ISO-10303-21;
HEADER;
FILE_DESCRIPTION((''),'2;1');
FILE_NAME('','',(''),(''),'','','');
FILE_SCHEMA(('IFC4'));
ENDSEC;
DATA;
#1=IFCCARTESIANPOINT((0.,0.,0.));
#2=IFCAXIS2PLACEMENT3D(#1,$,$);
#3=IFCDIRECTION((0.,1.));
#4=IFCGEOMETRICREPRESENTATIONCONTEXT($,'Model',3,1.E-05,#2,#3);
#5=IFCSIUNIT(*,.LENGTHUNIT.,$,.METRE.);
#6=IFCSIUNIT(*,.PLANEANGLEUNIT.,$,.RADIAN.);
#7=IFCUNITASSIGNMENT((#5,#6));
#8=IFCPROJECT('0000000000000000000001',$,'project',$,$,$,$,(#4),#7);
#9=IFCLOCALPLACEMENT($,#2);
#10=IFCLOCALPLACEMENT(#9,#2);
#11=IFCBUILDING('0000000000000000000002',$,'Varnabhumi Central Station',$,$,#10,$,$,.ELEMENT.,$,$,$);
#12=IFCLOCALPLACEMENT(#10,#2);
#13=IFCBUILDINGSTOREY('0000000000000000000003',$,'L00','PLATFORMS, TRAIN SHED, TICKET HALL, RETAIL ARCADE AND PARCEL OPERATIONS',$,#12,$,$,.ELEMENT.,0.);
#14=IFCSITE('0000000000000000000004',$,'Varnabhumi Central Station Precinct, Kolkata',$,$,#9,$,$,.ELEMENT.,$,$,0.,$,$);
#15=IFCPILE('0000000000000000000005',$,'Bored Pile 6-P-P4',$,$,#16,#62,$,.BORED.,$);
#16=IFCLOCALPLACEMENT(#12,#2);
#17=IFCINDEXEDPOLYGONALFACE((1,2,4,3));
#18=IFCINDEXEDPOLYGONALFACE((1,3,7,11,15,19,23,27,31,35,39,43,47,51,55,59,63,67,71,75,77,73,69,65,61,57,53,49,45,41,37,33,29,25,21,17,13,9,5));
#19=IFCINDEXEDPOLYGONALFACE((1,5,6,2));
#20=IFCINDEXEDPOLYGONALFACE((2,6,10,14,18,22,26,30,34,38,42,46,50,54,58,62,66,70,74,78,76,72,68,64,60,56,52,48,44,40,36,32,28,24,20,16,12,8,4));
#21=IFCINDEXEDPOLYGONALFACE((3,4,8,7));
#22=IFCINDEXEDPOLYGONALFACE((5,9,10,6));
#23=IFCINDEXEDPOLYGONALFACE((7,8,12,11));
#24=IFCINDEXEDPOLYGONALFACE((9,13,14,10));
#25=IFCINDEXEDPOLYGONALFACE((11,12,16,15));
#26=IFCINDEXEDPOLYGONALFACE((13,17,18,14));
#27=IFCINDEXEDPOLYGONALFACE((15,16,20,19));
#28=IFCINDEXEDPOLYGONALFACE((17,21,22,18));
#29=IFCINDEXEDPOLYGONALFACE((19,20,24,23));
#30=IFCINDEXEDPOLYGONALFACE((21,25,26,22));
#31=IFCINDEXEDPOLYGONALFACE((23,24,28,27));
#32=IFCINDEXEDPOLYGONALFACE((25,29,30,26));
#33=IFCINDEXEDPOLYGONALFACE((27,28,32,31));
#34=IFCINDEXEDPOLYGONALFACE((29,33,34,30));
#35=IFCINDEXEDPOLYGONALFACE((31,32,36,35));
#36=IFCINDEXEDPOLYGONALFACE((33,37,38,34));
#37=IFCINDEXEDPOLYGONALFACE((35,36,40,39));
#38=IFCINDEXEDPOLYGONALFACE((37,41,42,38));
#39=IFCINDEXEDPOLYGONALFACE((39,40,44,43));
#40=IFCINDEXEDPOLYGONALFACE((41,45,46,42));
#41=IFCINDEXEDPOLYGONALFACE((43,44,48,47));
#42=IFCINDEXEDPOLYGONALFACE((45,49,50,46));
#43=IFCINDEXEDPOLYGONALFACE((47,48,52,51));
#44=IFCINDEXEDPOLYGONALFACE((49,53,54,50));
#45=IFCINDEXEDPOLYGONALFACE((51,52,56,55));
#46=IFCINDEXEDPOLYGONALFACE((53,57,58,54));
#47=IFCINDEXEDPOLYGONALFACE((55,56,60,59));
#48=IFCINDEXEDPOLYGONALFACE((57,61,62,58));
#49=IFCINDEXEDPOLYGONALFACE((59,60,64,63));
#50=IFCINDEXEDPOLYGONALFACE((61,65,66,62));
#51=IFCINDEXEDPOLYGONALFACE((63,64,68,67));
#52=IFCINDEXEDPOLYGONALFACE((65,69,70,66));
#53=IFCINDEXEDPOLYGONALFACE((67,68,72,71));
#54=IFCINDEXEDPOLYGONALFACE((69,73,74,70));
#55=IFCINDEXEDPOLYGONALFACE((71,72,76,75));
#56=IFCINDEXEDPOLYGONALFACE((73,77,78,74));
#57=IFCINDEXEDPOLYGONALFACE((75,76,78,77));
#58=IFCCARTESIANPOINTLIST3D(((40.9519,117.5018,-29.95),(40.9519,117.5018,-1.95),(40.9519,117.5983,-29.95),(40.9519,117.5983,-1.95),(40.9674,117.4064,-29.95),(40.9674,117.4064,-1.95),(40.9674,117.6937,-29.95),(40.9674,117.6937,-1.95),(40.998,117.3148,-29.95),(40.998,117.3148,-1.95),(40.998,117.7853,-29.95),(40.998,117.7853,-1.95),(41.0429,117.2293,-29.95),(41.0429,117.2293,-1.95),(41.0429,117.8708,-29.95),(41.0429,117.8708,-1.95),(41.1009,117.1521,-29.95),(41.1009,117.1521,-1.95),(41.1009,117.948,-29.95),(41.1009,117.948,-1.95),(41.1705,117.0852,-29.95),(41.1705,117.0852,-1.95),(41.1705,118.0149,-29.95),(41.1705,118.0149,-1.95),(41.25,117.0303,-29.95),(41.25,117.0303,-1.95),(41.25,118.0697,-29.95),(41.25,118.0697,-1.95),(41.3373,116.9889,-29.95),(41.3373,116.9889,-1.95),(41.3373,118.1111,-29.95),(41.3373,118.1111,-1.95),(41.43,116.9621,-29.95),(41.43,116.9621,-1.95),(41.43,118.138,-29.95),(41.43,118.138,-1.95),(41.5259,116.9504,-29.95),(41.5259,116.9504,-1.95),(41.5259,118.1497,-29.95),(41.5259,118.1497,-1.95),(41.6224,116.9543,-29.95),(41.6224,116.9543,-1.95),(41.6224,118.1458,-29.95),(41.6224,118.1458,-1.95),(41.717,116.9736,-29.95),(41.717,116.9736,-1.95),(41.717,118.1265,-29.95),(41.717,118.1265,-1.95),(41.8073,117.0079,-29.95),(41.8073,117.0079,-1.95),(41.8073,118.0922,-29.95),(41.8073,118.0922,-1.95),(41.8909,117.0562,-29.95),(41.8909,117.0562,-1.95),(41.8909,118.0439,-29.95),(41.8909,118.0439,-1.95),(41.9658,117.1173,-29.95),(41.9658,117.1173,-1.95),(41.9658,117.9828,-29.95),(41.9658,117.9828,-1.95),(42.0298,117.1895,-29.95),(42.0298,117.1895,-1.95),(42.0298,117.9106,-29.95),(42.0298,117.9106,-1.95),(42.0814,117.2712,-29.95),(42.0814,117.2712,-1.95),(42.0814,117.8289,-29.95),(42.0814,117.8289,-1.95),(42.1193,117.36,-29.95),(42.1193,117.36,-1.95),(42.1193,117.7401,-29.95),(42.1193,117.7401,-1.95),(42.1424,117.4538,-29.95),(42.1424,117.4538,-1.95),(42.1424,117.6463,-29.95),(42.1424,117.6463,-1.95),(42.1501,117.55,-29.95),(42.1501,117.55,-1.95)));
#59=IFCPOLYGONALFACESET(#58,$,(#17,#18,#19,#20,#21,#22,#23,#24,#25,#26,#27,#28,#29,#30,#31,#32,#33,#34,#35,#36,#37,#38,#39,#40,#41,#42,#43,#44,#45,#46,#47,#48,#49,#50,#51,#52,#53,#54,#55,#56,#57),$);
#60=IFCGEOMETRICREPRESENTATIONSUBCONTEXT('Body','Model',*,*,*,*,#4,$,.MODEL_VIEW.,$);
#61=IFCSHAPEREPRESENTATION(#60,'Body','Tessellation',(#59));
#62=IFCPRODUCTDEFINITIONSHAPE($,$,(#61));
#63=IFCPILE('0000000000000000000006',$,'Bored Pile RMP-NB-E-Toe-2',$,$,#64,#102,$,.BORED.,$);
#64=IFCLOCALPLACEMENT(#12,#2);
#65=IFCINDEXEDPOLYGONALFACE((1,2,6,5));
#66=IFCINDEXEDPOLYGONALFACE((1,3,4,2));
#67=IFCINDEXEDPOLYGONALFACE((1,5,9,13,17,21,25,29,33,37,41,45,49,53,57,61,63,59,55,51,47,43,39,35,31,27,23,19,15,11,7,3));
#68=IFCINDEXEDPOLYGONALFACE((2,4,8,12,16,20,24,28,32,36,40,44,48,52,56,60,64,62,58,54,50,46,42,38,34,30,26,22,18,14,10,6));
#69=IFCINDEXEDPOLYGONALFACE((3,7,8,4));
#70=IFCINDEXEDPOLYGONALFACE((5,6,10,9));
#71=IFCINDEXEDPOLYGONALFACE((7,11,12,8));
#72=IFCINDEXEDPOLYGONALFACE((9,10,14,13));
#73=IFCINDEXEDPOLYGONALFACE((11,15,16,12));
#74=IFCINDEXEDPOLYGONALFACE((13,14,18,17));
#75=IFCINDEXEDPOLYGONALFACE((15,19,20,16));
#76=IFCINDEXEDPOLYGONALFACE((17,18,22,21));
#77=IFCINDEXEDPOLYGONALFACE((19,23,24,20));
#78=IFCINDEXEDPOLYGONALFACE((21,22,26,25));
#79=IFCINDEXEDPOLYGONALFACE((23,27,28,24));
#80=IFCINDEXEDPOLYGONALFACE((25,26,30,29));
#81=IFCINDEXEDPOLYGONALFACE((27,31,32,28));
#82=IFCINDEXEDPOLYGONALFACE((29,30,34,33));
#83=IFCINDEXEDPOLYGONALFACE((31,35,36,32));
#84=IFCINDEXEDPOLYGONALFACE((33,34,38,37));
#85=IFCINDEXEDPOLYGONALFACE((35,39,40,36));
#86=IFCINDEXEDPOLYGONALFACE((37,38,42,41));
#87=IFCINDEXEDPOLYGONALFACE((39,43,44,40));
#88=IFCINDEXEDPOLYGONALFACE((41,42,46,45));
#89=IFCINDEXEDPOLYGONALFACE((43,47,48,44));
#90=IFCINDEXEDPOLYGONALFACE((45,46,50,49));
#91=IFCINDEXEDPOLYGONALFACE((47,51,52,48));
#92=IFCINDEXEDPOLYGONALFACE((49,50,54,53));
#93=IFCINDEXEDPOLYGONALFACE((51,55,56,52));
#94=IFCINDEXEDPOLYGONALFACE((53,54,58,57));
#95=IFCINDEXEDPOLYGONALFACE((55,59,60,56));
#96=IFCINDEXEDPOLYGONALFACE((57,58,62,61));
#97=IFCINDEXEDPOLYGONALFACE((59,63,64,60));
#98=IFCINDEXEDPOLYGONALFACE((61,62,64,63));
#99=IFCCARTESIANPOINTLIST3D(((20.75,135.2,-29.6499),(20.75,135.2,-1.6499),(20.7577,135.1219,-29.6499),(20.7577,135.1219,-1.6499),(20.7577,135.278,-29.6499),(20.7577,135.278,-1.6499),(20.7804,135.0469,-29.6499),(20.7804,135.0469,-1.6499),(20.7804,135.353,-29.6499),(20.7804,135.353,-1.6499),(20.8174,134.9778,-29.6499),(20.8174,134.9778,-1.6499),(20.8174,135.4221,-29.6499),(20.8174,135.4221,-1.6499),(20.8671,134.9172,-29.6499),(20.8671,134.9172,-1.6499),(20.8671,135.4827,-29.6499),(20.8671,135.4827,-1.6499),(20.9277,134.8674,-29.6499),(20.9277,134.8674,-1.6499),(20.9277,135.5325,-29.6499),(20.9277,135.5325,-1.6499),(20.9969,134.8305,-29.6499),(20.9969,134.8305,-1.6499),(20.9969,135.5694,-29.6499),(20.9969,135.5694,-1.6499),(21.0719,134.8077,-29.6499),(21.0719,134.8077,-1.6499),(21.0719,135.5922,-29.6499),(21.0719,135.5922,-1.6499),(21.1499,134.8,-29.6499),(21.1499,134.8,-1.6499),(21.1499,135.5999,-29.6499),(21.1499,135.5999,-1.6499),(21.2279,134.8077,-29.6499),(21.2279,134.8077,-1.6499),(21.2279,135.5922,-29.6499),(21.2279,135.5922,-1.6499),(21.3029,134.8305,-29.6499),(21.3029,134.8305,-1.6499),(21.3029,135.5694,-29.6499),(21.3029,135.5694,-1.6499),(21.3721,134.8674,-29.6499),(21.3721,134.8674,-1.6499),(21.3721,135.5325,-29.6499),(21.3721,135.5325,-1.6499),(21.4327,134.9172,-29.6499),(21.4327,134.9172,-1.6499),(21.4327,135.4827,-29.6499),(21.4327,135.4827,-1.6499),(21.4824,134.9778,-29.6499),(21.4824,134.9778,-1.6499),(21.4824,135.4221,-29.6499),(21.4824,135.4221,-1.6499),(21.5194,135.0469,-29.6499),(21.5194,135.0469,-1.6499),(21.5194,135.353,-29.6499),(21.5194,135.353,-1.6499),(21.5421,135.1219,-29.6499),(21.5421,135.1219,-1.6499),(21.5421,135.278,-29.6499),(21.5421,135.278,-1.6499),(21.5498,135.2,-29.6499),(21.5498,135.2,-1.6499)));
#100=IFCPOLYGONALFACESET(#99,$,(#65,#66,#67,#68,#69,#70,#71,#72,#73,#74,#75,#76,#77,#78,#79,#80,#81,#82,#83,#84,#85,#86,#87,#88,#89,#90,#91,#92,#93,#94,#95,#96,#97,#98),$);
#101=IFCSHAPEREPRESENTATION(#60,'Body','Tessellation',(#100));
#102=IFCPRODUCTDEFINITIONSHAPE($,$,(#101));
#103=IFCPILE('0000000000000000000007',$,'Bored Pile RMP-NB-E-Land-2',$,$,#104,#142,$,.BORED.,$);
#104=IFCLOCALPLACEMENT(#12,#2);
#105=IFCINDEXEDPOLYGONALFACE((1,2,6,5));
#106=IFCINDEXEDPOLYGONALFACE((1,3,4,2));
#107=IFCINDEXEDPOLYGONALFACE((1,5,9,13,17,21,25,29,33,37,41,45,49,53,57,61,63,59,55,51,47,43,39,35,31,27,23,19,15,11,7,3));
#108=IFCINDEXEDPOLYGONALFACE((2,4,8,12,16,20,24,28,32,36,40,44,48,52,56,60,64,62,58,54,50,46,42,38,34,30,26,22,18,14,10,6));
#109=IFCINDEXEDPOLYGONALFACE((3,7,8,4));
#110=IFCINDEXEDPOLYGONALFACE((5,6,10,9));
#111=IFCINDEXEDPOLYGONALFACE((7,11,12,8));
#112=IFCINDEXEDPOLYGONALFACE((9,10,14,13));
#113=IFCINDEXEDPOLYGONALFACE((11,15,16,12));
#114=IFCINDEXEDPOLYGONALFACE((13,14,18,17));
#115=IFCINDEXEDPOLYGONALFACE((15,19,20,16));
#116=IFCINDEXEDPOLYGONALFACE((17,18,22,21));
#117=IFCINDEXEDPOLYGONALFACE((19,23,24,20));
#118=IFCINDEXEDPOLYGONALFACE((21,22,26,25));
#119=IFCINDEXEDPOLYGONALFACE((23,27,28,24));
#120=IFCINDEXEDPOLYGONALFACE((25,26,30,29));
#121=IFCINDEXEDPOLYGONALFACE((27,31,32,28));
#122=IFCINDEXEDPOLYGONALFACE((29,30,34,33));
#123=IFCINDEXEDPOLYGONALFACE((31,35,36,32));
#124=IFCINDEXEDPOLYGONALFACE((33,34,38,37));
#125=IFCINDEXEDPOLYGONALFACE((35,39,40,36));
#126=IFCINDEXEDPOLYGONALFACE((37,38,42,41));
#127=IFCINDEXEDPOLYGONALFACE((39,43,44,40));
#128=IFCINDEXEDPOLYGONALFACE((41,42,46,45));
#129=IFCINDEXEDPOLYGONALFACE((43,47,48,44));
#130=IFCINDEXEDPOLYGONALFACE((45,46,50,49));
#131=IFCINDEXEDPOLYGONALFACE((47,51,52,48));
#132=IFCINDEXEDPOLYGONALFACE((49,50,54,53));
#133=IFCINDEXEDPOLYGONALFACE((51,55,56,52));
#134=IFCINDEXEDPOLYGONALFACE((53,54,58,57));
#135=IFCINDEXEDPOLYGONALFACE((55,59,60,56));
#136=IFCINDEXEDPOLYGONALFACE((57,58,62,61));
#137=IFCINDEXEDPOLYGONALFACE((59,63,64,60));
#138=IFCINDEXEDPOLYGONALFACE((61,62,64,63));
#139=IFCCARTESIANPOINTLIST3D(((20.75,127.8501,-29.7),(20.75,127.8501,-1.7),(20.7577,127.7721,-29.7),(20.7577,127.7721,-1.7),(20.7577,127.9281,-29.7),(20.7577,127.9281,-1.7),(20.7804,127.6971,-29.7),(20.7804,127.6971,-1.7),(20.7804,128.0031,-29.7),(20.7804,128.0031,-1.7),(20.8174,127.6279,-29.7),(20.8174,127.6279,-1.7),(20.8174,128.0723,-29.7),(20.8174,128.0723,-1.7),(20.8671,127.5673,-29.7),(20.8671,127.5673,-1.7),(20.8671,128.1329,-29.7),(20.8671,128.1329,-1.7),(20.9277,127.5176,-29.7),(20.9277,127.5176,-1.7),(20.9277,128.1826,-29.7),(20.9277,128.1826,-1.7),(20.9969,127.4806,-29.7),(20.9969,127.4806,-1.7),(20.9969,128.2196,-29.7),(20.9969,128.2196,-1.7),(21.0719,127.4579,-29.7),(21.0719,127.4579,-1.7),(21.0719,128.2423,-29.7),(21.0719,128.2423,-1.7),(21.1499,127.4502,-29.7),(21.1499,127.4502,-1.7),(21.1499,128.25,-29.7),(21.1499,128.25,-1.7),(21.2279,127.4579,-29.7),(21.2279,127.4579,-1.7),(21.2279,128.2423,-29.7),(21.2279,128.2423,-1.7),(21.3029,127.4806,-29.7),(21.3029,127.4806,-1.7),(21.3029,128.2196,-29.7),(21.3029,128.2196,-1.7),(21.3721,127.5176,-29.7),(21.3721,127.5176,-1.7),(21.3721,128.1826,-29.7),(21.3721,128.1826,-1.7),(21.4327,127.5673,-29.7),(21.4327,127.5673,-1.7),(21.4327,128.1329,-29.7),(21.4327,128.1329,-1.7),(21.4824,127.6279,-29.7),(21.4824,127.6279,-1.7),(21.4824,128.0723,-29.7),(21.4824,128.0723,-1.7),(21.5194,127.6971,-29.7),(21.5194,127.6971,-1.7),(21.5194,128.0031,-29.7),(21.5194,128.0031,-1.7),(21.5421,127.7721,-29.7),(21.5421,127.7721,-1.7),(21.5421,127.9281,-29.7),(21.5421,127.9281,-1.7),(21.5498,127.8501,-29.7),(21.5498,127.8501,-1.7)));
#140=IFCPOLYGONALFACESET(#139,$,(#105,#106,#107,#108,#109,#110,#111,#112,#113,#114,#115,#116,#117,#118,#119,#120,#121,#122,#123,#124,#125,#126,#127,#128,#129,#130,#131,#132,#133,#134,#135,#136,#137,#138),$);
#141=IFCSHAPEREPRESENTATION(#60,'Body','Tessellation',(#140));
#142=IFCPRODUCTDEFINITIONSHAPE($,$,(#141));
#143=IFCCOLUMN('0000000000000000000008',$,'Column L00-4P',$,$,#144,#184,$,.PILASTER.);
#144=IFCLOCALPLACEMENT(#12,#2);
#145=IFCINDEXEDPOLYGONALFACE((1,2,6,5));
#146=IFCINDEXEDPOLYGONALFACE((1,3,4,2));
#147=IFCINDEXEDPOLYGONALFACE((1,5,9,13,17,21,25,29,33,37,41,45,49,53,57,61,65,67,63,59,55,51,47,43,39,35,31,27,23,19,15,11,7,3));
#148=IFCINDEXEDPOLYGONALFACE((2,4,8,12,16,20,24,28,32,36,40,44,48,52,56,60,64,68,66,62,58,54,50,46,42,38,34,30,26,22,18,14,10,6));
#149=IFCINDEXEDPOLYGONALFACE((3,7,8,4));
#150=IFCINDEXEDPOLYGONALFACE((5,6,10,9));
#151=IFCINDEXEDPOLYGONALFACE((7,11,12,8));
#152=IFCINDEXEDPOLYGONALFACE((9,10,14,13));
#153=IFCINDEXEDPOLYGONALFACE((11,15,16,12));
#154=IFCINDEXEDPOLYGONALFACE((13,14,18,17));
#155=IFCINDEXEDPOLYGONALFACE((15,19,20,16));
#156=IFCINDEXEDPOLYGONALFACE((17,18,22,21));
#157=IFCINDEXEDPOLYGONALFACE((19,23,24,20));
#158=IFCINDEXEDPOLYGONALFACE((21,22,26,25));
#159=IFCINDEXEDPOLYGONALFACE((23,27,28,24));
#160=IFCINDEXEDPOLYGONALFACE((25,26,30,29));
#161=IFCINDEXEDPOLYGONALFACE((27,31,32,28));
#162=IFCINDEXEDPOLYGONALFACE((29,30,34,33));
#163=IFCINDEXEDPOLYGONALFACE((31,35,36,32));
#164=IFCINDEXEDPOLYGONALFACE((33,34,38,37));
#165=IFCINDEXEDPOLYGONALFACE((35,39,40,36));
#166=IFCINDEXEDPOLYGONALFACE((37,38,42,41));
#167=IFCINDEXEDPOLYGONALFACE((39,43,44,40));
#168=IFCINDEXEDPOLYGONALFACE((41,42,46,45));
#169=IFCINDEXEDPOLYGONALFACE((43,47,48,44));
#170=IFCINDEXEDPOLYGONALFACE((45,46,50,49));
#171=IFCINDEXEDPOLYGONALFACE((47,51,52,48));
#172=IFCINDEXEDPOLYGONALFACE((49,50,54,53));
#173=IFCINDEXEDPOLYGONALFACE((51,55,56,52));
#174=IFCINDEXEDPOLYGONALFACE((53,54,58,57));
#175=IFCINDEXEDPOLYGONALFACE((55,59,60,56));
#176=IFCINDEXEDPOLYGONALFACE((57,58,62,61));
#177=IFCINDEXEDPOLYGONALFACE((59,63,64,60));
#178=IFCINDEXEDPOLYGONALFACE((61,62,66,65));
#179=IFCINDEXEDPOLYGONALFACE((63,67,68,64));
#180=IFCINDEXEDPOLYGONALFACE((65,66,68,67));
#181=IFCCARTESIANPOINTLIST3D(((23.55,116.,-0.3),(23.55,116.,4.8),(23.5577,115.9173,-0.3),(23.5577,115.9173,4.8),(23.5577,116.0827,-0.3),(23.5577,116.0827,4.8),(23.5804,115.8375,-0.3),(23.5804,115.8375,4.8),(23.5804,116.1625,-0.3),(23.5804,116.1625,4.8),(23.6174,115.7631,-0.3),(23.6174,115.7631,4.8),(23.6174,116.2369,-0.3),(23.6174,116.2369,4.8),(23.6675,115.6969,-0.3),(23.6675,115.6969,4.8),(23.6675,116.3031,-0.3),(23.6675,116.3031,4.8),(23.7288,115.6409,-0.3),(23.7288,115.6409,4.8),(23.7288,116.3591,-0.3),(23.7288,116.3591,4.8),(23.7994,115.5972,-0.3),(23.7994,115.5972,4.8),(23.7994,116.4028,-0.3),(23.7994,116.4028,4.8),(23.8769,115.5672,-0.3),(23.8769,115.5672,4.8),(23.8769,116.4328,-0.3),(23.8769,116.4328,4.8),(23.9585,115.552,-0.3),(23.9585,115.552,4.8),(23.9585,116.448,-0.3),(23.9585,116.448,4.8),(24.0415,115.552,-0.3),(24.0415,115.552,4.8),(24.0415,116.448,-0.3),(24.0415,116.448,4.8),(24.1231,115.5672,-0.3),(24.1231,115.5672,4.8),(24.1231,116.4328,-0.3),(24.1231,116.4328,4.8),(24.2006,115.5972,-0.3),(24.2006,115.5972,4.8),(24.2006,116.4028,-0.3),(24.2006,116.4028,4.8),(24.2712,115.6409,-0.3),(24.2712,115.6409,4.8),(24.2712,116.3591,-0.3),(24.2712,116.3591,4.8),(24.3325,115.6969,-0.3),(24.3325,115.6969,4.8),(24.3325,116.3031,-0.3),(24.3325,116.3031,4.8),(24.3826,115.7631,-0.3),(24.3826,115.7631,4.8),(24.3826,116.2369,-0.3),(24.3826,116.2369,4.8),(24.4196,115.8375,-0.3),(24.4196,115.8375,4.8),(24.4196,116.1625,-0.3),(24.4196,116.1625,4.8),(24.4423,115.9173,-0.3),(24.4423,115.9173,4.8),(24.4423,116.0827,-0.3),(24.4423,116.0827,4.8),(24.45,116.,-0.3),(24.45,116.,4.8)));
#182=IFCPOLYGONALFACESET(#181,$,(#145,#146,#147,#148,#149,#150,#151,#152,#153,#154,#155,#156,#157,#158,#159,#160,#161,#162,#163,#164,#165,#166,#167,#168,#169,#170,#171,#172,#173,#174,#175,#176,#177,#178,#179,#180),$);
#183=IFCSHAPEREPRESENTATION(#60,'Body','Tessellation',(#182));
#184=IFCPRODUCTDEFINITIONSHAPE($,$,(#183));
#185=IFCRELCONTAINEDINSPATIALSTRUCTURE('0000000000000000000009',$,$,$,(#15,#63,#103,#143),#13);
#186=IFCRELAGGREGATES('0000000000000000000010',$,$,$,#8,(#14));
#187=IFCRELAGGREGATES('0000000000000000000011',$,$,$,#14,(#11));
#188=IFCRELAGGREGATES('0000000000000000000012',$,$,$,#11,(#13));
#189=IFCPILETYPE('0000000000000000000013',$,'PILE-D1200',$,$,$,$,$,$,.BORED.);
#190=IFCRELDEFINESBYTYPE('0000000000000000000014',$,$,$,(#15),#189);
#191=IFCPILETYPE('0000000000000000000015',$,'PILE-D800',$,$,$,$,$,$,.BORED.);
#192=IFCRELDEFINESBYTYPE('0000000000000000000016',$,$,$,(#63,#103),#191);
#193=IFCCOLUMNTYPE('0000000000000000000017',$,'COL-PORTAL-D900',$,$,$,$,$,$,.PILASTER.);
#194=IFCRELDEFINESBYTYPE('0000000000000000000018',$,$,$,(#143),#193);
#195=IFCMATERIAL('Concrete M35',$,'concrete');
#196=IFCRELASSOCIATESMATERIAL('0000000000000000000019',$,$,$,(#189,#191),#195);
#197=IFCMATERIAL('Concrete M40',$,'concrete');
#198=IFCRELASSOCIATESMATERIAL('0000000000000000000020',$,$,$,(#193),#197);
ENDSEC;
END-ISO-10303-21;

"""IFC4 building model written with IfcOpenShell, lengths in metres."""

from ifc_helpers import new_model, si_unit, direction, frame, origin, origin_2d, place, context, subcontext, project, spatial, circle, extrude, material, material_profile, profile_set, type_object, element, save


model = new_model("IFC4")

# Units and contexts
model_context = context("Model", 3, precision=1e-05, world=origin(), true_north=direction((0.0, 1.0)))
body_context = subcontext(model_context, "Body", "Model", "MODEL_VIEW")
ifc_project = project(units=[si_unit("LENGTHUNIT", "METRE"), si_unit("PLANEANGLEUNIT", "RADIAN")], contexts=[model_context])

# Site, building, storey
site_placement = place(None, origin())
site = spatial("IfcSite", under=ifc_project, at=site_placement, Name="Varnabhumi Central Station Precinct, Kolkata", CompositionType="ELEMENT", RefElevation=0.0)
building_placement = place(site_placement, origin())
building = spatial("IfcBuilding", under=site, at=building_placement, Name="Varnabhumi Central Station", CompositionType="ELEMENT")
storey_placement = place(building_placement, origin())
storey = spatial("IfcBuildingStorey", under=building, at=storey_placement, Name="L00", Description="PLATFORMS, TRAIN SHED, TICKET HALL, RETAIL ARCADE AND PARCEL OPERATIONS", CompositionType="ELEMENT", Elevation=0.0)

# Shared definitions
ifc_material_1 = material(Name="Concrete M40", Category="concrete")

# Piles
ifc_material_2 = material(Name="Concrete M35", Category="concrete")
ifc_material_profile_1 = material_profile(ifc_material_2, circle(Radius=0.6001, at=origin_2d()), Name="Concrete M35", Category="concrete")
ifc_profile_set_1 = profile_set([ifc_material_profile_1], Name="Concrete M35")
pile_type_1 = type_object("IfcPileType", Name="PILE-D1200", PredefinedType="BORED", material=ifc_profile_set_1)
for number, where, z_axis, x_axis, name in (
    (1, (41.55, 117.55, -1.95), (0.0, 0.0, -1.0), (1.0, 0.0, 0.0), "Bored Pile 6-P-P4"),
):
    element("IfcPile", number, at=place(storey_placement, frame(where, z_axis=z_axis, x_axis=x_axis)), inside=storey, type_object=pile_type_1, Name=name, PredefinedType="BORED", context=body_context, shape_type="SweptSolid", body=[
        extrude(circle(Radius=0.6001, at=origin_2d()), origin(), (0.0, 0.0, 1.0), 28.0),
    ])
ifc_material_profile_2 = material_profile(ifc_material_2, circle(Radius=0.3999, at=origin_2d()), Name="Concrete M35", Category="concrete")
ifc_profile_set_2 = profile_set([ifc_material_profile_2], Name="Concrete M35")
pile_type_2 = type_object("IfcPileType", Name="PILE-D800", PredefinedType="BORED", material=ifc_profile_set_2)
for number, where, z_axis, x_axis, name in (
    (2, (21.1499, 135.2, -1.6499), (0.0, 0.0, -1.0), (1.0, 0.0, 0.0), "Bored Pile RMP-NB-E-Toe-2"),
    (3, (21.1499, 127.8501, -1.7), (0.0, 0.0, -1.0), (1.0, 0.0, 0.0), "Bored Pile RMP-NB-E-Land-2"),
):
    element("IfcPile", number, at=place(storey_placement, frame(where, z_axis=z_axis, x_axis=x_axis)), inside=storey, type_object=pile_type_2, Name=name, PredefinedType="BORED", context=body_context, shape_type="SweptSolid", body=[
        extrude(circle(Radius=0.3999, at=origin_2d()), origin(), (0.0, 0.0, 1.0), 28.0),
    ])

# Column
ifc_material_profile_3 = material_profile(ifc_material_1, circle(Radius=0.45, at=origin_2d()), Name="Concrete M40", Category="concrete")
ifc_profile_set_3 = profile_set([ifc_material_profile_3], Name="Concrete M40")
column_type = type_object("IfcColumnType", Name="COL-PORTAL-D900", PredefinedType="PILASTER", material=ifc_profile_set_3)
for number, where, z_axis, x_axis, name in (
    (4, (24.0, 116.0, -0.3), (0.0, 0.0, 1.0), (1.0, 0.0, 0.0), "Column L00-4P"),
):
    element("IfcColumn", number, at=place(storey_placement, frame(where, z_axis=z_axis, x_axis=x_axis)), inside=storey, type_object=column_type, Name=name, PredefinedType="PILASTER", context=body_context, shape_type="SweptSolid", body=[
        extrude(circle(Radius=0.45, at=origin_2d()), origin(), (0.0, 0.0, 1.0), 5.1001),
    ])

save(model, "model.ifc")
